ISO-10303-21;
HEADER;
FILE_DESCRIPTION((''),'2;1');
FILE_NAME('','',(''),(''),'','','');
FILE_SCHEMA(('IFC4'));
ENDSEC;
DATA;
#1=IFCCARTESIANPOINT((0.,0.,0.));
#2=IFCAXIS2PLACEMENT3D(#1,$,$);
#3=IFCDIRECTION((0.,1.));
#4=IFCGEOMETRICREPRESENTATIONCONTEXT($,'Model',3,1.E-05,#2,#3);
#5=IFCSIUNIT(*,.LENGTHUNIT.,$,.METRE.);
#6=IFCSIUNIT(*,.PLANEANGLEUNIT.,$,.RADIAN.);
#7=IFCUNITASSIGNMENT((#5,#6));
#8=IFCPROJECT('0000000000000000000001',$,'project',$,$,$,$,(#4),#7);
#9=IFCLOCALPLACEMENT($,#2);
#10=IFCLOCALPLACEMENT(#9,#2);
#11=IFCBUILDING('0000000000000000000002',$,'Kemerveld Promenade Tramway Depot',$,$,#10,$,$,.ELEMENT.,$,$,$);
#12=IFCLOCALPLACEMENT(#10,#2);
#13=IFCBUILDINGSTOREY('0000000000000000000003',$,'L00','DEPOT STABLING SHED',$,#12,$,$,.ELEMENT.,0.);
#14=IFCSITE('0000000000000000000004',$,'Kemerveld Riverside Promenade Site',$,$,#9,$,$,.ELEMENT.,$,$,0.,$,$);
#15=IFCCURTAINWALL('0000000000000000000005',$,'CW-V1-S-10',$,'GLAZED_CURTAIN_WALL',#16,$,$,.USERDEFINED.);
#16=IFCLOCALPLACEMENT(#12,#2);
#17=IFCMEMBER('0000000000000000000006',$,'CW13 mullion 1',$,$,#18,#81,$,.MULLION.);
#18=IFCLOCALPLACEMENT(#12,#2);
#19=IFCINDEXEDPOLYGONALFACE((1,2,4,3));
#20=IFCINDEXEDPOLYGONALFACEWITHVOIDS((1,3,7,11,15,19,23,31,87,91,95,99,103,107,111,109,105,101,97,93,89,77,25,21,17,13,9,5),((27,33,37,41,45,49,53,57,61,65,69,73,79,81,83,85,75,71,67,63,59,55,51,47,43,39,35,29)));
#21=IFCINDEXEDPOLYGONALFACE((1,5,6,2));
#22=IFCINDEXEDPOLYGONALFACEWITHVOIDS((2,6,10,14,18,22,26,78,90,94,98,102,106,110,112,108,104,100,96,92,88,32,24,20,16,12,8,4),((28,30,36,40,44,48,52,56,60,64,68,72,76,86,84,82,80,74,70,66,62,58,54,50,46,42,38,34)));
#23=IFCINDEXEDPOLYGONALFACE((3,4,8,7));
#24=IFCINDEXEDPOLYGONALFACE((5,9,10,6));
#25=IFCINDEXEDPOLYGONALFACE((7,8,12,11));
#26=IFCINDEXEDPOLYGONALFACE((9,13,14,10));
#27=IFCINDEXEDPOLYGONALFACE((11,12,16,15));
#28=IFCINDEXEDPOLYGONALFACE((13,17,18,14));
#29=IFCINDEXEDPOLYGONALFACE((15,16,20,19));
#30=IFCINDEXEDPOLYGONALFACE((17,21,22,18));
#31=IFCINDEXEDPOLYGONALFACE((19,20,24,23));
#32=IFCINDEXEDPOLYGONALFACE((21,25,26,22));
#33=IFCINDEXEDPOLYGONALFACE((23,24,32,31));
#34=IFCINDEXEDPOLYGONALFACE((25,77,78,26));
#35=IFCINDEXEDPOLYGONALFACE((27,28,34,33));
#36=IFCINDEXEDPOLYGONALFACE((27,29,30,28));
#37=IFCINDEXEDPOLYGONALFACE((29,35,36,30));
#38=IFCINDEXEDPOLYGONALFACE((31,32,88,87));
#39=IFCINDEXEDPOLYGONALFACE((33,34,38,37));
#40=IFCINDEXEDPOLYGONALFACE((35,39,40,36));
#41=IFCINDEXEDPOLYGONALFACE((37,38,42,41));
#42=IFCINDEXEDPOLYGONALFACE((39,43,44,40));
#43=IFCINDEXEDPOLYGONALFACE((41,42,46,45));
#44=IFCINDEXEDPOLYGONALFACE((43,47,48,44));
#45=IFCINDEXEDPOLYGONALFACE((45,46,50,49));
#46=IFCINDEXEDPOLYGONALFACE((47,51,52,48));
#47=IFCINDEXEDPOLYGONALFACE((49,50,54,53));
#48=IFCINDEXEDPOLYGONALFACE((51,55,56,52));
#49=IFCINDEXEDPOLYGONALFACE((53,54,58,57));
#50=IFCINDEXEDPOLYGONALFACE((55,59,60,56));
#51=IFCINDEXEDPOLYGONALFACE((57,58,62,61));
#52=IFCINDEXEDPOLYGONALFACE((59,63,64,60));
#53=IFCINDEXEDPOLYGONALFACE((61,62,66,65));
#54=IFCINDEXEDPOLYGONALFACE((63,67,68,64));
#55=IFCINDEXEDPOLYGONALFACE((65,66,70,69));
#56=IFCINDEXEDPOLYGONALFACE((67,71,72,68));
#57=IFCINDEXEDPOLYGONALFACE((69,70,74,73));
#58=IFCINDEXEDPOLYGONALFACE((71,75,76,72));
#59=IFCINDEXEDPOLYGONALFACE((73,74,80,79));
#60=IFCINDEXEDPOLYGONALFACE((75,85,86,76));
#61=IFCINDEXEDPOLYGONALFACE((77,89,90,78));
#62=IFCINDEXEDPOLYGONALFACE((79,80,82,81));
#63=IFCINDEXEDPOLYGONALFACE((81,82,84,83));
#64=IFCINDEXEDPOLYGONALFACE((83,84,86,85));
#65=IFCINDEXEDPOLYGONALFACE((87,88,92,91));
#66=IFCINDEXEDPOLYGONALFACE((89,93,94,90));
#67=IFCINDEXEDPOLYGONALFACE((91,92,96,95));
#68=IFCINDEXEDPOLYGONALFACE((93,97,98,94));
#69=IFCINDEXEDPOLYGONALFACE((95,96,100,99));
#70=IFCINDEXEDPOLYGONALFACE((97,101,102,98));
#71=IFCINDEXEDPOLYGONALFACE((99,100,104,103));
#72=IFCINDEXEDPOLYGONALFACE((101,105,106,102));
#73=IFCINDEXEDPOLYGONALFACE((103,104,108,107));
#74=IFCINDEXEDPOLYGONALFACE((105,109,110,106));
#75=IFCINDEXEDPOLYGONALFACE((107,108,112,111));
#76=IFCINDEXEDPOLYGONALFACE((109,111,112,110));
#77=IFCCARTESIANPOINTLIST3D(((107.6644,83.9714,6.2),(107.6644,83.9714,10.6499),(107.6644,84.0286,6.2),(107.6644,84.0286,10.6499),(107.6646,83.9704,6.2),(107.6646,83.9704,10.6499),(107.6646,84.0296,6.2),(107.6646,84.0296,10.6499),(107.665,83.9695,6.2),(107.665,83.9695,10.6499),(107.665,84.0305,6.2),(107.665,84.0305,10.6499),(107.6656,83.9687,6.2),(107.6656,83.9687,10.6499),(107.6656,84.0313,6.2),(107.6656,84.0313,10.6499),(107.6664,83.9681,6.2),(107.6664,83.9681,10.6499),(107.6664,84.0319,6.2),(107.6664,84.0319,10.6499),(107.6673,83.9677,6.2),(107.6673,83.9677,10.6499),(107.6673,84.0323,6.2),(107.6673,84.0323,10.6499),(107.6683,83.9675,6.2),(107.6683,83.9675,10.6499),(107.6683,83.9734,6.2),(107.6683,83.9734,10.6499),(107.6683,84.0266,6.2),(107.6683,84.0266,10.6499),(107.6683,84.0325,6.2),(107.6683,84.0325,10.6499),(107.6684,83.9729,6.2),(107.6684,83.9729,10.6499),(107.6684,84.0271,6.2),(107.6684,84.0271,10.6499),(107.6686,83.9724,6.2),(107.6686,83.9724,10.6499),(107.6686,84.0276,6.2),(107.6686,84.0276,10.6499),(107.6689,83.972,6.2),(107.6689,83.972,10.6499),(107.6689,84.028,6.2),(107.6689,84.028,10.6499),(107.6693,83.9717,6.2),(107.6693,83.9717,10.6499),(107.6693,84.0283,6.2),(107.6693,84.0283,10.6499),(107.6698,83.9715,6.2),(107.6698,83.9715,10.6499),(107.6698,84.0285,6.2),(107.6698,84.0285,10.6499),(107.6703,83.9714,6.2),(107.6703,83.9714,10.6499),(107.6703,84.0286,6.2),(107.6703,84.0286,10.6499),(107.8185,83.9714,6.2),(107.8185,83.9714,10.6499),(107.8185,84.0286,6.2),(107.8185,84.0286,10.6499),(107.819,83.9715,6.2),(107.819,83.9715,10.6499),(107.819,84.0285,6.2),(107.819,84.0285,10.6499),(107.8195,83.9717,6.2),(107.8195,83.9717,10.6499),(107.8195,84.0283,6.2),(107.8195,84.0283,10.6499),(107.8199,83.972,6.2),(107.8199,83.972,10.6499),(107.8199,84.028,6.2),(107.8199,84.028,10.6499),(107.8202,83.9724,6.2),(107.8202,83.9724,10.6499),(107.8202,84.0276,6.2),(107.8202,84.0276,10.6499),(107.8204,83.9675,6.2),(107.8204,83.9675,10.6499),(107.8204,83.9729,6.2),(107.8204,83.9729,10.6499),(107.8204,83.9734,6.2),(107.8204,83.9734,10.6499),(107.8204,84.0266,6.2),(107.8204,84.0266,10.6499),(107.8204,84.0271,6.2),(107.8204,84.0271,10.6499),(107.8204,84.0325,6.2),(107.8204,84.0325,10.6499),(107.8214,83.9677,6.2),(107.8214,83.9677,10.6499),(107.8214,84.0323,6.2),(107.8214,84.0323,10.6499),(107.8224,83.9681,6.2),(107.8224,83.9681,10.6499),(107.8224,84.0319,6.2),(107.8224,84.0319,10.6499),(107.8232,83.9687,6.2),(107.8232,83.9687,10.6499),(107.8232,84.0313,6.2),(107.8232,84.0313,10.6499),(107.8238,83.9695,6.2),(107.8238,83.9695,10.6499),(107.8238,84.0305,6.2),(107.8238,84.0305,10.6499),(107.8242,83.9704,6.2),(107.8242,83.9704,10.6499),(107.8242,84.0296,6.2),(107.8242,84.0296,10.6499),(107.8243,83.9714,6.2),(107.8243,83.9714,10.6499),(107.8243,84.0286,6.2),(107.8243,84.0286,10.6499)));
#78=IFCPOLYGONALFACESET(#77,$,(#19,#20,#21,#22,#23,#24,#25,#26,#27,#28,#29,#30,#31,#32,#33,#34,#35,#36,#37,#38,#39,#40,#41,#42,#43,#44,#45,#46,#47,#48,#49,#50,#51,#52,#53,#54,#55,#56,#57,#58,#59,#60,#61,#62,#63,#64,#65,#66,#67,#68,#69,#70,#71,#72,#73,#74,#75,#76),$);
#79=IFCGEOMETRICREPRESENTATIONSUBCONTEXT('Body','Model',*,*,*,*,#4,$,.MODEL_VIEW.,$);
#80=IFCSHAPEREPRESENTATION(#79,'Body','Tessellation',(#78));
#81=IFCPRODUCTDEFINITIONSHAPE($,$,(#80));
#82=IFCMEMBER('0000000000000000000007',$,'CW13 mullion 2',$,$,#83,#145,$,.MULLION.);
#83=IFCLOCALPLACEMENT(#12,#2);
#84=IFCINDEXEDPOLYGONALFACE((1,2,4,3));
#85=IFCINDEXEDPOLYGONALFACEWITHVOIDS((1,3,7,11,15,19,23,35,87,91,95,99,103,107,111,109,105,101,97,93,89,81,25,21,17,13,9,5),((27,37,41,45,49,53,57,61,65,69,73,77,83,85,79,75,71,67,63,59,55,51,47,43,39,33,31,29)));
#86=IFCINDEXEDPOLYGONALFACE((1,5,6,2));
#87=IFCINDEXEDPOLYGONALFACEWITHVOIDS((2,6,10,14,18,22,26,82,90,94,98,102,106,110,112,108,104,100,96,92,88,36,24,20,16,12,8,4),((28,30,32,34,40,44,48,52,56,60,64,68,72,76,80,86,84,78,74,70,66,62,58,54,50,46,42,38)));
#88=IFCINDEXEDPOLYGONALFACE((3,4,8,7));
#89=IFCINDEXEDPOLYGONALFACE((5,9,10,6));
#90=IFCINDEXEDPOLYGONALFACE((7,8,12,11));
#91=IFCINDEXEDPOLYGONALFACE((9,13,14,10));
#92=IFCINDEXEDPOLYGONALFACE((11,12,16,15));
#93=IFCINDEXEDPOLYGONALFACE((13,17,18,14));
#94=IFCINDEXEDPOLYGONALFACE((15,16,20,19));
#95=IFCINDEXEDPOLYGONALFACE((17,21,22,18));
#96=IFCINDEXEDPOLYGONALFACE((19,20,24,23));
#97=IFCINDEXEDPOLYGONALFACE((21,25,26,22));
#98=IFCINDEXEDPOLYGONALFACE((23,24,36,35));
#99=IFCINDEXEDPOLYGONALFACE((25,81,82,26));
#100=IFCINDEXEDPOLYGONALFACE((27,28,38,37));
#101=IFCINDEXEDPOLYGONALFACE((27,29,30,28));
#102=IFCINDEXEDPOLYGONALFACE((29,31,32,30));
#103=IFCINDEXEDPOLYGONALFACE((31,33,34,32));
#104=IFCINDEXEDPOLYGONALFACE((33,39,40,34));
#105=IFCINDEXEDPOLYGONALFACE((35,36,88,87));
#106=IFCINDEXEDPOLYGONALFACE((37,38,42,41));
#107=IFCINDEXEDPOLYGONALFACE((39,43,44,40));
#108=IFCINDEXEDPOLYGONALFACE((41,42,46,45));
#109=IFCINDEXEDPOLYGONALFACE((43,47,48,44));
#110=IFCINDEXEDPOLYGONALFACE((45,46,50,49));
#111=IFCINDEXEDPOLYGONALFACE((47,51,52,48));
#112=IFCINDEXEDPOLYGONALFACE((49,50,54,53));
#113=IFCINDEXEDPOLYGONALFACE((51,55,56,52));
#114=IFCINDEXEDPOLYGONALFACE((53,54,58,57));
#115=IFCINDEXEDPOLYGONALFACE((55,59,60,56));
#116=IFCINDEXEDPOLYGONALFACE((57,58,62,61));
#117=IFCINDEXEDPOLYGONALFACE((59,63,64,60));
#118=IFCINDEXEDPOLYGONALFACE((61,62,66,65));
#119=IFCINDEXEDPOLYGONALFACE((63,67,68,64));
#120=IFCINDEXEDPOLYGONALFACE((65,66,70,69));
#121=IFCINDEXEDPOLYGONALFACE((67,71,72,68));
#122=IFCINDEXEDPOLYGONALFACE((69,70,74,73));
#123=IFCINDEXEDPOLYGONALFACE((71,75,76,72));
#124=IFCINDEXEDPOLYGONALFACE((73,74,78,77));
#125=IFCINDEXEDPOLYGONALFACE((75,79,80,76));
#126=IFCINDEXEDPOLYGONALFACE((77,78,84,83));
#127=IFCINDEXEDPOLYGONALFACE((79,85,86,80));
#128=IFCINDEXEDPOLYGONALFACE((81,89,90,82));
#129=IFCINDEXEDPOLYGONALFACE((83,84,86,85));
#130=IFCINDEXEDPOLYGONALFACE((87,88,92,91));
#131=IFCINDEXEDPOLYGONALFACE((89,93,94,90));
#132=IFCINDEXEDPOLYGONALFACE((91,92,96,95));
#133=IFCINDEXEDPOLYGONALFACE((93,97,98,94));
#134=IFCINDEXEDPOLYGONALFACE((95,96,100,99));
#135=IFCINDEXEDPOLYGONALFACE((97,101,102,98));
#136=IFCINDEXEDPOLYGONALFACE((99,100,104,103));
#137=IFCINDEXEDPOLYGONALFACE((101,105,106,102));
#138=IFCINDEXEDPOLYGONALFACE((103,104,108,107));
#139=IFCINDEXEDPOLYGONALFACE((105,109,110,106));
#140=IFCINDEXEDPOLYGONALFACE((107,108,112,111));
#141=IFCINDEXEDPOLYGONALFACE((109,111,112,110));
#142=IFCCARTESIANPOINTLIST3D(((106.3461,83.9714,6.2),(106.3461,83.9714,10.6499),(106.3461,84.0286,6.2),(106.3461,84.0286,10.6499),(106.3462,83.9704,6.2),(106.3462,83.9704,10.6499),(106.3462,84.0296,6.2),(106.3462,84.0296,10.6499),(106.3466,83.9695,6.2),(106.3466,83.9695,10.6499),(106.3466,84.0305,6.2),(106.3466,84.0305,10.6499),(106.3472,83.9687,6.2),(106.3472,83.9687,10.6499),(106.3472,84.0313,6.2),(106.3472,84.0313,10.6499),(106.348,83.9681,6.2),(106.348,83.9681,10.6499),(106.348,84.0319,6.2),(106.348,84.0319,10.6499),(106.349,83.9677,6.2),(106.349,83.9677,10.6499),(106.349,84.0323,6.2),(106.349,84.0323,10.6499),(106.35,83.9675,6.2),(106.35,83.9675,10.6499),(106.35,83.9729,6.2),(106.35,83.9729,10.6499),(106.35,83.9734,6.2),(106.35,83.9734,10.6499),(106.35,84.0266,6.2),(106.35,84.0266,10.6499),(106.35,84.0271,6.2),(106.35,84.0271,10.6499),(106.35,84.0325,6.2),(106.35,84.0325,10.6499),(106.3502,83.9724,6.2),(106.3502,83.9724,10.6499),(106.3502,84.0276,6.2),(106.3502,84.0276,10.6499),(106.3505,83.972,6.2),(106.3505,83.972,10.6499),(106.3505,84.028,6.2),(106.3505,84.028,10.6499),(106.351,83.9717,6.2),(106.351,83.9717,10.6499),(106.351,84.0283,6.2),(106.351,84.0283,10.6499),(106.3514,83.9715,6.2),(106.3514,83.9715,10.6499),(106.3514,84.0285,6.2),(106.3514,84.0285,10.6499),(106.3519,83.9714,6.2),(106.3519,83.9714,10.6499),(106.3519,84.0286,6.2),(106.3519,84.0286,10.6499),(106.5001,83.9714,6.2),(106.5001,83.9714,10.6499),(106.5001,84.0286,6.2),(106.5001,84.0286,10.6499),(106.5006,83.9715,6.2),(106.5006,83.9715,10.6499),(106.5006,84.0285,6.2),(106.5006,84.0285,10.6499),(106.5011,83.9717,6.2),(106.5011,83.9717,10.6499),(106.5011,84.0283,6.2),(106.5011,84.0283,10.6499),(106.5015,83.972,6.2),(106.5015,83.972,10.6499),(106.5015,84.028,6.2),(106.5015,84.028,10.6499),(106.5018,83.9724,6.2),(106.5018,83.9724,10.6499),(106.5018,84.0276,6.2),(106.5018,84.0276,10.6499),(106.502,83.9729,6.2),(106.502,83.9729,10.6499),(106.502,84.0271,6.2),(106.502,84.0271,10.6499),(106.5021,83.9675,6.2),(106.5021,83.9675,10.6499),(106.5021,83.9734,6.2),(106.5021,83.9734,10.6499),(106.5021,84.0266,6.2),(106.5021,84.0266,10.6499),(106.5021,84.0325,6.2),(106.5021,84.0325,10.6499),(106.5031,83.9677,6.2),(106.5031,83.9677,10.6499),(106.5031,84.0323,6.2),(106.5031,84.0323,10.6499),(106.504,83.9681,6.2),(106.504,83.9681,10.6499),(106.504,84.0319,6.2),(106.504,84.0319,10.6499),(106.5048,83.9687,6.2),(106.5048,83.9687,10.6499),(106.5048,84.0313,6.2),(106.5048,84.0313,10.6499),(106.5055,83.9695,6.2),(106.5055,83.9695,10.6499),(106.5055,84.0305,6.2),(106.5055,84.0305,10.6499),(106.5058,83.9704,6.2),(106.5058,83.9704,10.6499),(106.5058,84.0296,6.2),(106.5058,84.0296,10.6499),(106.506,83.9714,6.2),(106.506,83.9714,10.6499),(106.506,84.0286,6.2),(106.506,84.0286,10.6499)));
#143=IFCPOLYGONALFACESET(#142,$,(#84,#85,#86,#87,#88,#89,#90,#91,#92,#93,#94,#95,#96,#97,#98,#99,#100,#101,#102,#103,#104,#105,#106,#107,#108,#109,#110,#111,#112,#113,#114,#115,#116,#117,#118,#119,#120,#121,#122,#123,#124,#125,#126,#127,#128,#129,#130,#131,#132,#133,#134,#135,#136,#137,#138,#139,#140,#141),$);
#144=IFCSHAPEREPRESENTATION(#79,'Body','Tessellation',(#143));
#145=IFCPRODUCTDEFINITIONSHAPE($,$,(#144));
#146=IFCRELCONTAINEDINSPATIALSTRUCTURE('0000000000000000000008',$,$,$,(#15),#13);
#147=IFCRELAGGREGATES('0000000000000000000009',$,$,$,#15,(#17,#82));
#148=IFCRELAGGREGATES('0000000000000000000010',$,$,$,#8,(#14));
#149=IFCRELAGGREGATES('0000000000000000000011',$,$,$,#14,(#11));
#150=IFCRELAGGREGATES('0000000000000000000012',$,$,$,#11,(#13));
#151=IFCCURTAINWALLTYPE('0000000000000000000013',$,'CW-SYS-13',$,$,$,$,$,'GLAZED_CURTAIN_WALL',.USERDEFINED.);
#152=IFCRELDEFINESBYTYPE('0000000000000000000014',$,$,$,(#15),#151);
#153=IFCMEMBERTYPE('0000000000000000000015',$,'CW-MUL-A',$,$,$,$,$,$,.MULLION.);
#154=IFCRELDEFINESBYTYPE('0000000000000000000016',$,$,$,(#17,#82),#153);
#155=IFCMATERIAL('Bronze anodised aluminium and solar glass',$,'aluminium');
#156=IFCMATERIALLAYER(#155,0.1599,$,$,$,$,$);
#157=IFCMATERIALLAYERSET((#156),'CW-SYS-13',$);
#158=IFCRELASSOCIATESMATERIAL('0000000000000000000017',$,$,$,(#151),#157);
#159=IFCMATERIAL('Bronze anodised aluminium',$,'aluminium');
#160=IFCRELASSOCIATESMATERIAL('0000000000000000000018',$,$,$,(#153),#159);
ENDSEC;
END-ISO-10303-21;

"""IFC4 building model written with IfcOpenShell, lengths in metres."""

from ifc_helpers import new_model, si_unit, direction, frame, origin, origin_2d, place, context, subcontext, project, spatial, hollow_rectangle, extrude, material, layer, layer_set, material_profile, profile_set, type_object, element, aggregate, save


model = new_model("IFC4")

# Units and contexts
model_context = context("Model", 3, precision=1e-05, world=origin(), true_north=direction((0.0, 1.0)))
body_context = subcontext(model_context, "Body", "Model", "MODEL_VIEW")
ifc_project = project(units=[si_unit("LENGTHUNIT", "METRE"), si_unit("PLANEANGLEUNIT", "RADIAN")], contexts=[model_context])

# Site, building, storey
site_placement = place(None, origin())
site = spatial("IfcSite", under=ifc_project, at=site_placement, Name="Kemerveld Riverside Promenade Site", CompositionType="ELEMENT", RefElevation=0.0)
building_placement = place(site_placement, origin())
building = spatial("IfcBuilding", under=site, at=building_placement, Name="Kemerveld Promenade Tramway Depot", CompositionType="ELEMENT")
storey_placement = place(building_placement, origin())
storey = spatial("IfcBuildingStorey", under=building, at=storey_placement, Name="L00", Description="DEPOT STABLING SHED", CompositionType="ELEMENT", Elevation=0.0)

# Curtain wall, members
ifc_material_1 = material(Name="Bronze anodised aluminium and solar glass", Category="aluminium")
ifc_layer_1 = layer(ifc_material_1, 0.1599)
ifc_layer_set_1 = layer_set([ifc_layer_1], Name="CW-SYS-13")
curtain_wall_type_1 = type_object("IfcCurtainWallType", Name="CW-SYS-13", ElementType="GLAZED_CURTAIN_WALL", PredefinedType="USERDEFINED", material=ifc_layer_set_1)
curtain_wall_1_placement = place(storey_placement, origin())
curtain_wall_1 = element("IfcCurtainWall", 1, at=curtain_wall_1_placement, inside=storey, type_object=curtain_wall_type_1, Name="CW-V1-S-10", ObjectType="GLAZED_CURTAIN_WALL", PredefinedType="USERDEFINED")
ifc_material_2 = material(Name="Bronze anodised aluminium", Category="aluminium")
ifc_material_profile_1 = material_profile(ifc_material_2, hollow_rectangle(XDim=0.0649, YDim=0.1599, WallThickness=0.0039, InnerFilletRadius=0.002, OuterFilletRadius=0.0039, at=origin_2d()), Name="CW-MUL-160x65")
ifc_profile_set_1 = profile_set([ifc_material_profile_1], Name="Bronze anodised aluminium")
member_type_1 = type_object("IfcMemberType", Name="CW-MUL-A", PredefinedType="MULLION", material=ifc_profile_set_1)
member_1_placement = place(storey_placement, frame((107.7444, 84.0, 6.2), z_axis=(0.0, 0.0, 1.0), x_axis=(0.0, -1.0, 0.0)))
member_1 = element("IfcMember", 2, at=member_1_placement, type_object=member_type_1, Name="CW13 mullion 1", PredefinedType="MULLION", context=body_context, shape_type="SweptSolid", body=[
    extrude(hollow_rectangle(XDim=0.0649, YDim=0.1599, WallThickness=0.0039, InnerFilletRadius=0.002, OuterFilletRadius=0.0039, at=origin_2d()), origin(), (0.0, 0.0, 1.0), 4.45),
])
member_2_placement = place(storey_placement, frame((106.426, 84.0, 6.2), z_axis=(0.0, 0.0, 1.0), x_axis=(0.0, -1.0, 0.0)))
member_2 = element("IfcMember", 3, at=member_2_placement, type_object=member_type_1, Name="CW13 mullion 2", PredefinedType="MULLION", context=body_context, shape_type="SweptSolid", body=[
    extrude(hollow_rectangle(XDim=0.0649, YDim=0.1599, WallThickness=0.0039, InnerFilletRadius=0.002, OuterFilletRadius=0.0039, at=origin_2d()), origin(), (0.0, 0.0, 1.0), 4.45),
])

aggregate(curtain_wall_1, [member_1, member_2])

save(model, "model.ifc")
